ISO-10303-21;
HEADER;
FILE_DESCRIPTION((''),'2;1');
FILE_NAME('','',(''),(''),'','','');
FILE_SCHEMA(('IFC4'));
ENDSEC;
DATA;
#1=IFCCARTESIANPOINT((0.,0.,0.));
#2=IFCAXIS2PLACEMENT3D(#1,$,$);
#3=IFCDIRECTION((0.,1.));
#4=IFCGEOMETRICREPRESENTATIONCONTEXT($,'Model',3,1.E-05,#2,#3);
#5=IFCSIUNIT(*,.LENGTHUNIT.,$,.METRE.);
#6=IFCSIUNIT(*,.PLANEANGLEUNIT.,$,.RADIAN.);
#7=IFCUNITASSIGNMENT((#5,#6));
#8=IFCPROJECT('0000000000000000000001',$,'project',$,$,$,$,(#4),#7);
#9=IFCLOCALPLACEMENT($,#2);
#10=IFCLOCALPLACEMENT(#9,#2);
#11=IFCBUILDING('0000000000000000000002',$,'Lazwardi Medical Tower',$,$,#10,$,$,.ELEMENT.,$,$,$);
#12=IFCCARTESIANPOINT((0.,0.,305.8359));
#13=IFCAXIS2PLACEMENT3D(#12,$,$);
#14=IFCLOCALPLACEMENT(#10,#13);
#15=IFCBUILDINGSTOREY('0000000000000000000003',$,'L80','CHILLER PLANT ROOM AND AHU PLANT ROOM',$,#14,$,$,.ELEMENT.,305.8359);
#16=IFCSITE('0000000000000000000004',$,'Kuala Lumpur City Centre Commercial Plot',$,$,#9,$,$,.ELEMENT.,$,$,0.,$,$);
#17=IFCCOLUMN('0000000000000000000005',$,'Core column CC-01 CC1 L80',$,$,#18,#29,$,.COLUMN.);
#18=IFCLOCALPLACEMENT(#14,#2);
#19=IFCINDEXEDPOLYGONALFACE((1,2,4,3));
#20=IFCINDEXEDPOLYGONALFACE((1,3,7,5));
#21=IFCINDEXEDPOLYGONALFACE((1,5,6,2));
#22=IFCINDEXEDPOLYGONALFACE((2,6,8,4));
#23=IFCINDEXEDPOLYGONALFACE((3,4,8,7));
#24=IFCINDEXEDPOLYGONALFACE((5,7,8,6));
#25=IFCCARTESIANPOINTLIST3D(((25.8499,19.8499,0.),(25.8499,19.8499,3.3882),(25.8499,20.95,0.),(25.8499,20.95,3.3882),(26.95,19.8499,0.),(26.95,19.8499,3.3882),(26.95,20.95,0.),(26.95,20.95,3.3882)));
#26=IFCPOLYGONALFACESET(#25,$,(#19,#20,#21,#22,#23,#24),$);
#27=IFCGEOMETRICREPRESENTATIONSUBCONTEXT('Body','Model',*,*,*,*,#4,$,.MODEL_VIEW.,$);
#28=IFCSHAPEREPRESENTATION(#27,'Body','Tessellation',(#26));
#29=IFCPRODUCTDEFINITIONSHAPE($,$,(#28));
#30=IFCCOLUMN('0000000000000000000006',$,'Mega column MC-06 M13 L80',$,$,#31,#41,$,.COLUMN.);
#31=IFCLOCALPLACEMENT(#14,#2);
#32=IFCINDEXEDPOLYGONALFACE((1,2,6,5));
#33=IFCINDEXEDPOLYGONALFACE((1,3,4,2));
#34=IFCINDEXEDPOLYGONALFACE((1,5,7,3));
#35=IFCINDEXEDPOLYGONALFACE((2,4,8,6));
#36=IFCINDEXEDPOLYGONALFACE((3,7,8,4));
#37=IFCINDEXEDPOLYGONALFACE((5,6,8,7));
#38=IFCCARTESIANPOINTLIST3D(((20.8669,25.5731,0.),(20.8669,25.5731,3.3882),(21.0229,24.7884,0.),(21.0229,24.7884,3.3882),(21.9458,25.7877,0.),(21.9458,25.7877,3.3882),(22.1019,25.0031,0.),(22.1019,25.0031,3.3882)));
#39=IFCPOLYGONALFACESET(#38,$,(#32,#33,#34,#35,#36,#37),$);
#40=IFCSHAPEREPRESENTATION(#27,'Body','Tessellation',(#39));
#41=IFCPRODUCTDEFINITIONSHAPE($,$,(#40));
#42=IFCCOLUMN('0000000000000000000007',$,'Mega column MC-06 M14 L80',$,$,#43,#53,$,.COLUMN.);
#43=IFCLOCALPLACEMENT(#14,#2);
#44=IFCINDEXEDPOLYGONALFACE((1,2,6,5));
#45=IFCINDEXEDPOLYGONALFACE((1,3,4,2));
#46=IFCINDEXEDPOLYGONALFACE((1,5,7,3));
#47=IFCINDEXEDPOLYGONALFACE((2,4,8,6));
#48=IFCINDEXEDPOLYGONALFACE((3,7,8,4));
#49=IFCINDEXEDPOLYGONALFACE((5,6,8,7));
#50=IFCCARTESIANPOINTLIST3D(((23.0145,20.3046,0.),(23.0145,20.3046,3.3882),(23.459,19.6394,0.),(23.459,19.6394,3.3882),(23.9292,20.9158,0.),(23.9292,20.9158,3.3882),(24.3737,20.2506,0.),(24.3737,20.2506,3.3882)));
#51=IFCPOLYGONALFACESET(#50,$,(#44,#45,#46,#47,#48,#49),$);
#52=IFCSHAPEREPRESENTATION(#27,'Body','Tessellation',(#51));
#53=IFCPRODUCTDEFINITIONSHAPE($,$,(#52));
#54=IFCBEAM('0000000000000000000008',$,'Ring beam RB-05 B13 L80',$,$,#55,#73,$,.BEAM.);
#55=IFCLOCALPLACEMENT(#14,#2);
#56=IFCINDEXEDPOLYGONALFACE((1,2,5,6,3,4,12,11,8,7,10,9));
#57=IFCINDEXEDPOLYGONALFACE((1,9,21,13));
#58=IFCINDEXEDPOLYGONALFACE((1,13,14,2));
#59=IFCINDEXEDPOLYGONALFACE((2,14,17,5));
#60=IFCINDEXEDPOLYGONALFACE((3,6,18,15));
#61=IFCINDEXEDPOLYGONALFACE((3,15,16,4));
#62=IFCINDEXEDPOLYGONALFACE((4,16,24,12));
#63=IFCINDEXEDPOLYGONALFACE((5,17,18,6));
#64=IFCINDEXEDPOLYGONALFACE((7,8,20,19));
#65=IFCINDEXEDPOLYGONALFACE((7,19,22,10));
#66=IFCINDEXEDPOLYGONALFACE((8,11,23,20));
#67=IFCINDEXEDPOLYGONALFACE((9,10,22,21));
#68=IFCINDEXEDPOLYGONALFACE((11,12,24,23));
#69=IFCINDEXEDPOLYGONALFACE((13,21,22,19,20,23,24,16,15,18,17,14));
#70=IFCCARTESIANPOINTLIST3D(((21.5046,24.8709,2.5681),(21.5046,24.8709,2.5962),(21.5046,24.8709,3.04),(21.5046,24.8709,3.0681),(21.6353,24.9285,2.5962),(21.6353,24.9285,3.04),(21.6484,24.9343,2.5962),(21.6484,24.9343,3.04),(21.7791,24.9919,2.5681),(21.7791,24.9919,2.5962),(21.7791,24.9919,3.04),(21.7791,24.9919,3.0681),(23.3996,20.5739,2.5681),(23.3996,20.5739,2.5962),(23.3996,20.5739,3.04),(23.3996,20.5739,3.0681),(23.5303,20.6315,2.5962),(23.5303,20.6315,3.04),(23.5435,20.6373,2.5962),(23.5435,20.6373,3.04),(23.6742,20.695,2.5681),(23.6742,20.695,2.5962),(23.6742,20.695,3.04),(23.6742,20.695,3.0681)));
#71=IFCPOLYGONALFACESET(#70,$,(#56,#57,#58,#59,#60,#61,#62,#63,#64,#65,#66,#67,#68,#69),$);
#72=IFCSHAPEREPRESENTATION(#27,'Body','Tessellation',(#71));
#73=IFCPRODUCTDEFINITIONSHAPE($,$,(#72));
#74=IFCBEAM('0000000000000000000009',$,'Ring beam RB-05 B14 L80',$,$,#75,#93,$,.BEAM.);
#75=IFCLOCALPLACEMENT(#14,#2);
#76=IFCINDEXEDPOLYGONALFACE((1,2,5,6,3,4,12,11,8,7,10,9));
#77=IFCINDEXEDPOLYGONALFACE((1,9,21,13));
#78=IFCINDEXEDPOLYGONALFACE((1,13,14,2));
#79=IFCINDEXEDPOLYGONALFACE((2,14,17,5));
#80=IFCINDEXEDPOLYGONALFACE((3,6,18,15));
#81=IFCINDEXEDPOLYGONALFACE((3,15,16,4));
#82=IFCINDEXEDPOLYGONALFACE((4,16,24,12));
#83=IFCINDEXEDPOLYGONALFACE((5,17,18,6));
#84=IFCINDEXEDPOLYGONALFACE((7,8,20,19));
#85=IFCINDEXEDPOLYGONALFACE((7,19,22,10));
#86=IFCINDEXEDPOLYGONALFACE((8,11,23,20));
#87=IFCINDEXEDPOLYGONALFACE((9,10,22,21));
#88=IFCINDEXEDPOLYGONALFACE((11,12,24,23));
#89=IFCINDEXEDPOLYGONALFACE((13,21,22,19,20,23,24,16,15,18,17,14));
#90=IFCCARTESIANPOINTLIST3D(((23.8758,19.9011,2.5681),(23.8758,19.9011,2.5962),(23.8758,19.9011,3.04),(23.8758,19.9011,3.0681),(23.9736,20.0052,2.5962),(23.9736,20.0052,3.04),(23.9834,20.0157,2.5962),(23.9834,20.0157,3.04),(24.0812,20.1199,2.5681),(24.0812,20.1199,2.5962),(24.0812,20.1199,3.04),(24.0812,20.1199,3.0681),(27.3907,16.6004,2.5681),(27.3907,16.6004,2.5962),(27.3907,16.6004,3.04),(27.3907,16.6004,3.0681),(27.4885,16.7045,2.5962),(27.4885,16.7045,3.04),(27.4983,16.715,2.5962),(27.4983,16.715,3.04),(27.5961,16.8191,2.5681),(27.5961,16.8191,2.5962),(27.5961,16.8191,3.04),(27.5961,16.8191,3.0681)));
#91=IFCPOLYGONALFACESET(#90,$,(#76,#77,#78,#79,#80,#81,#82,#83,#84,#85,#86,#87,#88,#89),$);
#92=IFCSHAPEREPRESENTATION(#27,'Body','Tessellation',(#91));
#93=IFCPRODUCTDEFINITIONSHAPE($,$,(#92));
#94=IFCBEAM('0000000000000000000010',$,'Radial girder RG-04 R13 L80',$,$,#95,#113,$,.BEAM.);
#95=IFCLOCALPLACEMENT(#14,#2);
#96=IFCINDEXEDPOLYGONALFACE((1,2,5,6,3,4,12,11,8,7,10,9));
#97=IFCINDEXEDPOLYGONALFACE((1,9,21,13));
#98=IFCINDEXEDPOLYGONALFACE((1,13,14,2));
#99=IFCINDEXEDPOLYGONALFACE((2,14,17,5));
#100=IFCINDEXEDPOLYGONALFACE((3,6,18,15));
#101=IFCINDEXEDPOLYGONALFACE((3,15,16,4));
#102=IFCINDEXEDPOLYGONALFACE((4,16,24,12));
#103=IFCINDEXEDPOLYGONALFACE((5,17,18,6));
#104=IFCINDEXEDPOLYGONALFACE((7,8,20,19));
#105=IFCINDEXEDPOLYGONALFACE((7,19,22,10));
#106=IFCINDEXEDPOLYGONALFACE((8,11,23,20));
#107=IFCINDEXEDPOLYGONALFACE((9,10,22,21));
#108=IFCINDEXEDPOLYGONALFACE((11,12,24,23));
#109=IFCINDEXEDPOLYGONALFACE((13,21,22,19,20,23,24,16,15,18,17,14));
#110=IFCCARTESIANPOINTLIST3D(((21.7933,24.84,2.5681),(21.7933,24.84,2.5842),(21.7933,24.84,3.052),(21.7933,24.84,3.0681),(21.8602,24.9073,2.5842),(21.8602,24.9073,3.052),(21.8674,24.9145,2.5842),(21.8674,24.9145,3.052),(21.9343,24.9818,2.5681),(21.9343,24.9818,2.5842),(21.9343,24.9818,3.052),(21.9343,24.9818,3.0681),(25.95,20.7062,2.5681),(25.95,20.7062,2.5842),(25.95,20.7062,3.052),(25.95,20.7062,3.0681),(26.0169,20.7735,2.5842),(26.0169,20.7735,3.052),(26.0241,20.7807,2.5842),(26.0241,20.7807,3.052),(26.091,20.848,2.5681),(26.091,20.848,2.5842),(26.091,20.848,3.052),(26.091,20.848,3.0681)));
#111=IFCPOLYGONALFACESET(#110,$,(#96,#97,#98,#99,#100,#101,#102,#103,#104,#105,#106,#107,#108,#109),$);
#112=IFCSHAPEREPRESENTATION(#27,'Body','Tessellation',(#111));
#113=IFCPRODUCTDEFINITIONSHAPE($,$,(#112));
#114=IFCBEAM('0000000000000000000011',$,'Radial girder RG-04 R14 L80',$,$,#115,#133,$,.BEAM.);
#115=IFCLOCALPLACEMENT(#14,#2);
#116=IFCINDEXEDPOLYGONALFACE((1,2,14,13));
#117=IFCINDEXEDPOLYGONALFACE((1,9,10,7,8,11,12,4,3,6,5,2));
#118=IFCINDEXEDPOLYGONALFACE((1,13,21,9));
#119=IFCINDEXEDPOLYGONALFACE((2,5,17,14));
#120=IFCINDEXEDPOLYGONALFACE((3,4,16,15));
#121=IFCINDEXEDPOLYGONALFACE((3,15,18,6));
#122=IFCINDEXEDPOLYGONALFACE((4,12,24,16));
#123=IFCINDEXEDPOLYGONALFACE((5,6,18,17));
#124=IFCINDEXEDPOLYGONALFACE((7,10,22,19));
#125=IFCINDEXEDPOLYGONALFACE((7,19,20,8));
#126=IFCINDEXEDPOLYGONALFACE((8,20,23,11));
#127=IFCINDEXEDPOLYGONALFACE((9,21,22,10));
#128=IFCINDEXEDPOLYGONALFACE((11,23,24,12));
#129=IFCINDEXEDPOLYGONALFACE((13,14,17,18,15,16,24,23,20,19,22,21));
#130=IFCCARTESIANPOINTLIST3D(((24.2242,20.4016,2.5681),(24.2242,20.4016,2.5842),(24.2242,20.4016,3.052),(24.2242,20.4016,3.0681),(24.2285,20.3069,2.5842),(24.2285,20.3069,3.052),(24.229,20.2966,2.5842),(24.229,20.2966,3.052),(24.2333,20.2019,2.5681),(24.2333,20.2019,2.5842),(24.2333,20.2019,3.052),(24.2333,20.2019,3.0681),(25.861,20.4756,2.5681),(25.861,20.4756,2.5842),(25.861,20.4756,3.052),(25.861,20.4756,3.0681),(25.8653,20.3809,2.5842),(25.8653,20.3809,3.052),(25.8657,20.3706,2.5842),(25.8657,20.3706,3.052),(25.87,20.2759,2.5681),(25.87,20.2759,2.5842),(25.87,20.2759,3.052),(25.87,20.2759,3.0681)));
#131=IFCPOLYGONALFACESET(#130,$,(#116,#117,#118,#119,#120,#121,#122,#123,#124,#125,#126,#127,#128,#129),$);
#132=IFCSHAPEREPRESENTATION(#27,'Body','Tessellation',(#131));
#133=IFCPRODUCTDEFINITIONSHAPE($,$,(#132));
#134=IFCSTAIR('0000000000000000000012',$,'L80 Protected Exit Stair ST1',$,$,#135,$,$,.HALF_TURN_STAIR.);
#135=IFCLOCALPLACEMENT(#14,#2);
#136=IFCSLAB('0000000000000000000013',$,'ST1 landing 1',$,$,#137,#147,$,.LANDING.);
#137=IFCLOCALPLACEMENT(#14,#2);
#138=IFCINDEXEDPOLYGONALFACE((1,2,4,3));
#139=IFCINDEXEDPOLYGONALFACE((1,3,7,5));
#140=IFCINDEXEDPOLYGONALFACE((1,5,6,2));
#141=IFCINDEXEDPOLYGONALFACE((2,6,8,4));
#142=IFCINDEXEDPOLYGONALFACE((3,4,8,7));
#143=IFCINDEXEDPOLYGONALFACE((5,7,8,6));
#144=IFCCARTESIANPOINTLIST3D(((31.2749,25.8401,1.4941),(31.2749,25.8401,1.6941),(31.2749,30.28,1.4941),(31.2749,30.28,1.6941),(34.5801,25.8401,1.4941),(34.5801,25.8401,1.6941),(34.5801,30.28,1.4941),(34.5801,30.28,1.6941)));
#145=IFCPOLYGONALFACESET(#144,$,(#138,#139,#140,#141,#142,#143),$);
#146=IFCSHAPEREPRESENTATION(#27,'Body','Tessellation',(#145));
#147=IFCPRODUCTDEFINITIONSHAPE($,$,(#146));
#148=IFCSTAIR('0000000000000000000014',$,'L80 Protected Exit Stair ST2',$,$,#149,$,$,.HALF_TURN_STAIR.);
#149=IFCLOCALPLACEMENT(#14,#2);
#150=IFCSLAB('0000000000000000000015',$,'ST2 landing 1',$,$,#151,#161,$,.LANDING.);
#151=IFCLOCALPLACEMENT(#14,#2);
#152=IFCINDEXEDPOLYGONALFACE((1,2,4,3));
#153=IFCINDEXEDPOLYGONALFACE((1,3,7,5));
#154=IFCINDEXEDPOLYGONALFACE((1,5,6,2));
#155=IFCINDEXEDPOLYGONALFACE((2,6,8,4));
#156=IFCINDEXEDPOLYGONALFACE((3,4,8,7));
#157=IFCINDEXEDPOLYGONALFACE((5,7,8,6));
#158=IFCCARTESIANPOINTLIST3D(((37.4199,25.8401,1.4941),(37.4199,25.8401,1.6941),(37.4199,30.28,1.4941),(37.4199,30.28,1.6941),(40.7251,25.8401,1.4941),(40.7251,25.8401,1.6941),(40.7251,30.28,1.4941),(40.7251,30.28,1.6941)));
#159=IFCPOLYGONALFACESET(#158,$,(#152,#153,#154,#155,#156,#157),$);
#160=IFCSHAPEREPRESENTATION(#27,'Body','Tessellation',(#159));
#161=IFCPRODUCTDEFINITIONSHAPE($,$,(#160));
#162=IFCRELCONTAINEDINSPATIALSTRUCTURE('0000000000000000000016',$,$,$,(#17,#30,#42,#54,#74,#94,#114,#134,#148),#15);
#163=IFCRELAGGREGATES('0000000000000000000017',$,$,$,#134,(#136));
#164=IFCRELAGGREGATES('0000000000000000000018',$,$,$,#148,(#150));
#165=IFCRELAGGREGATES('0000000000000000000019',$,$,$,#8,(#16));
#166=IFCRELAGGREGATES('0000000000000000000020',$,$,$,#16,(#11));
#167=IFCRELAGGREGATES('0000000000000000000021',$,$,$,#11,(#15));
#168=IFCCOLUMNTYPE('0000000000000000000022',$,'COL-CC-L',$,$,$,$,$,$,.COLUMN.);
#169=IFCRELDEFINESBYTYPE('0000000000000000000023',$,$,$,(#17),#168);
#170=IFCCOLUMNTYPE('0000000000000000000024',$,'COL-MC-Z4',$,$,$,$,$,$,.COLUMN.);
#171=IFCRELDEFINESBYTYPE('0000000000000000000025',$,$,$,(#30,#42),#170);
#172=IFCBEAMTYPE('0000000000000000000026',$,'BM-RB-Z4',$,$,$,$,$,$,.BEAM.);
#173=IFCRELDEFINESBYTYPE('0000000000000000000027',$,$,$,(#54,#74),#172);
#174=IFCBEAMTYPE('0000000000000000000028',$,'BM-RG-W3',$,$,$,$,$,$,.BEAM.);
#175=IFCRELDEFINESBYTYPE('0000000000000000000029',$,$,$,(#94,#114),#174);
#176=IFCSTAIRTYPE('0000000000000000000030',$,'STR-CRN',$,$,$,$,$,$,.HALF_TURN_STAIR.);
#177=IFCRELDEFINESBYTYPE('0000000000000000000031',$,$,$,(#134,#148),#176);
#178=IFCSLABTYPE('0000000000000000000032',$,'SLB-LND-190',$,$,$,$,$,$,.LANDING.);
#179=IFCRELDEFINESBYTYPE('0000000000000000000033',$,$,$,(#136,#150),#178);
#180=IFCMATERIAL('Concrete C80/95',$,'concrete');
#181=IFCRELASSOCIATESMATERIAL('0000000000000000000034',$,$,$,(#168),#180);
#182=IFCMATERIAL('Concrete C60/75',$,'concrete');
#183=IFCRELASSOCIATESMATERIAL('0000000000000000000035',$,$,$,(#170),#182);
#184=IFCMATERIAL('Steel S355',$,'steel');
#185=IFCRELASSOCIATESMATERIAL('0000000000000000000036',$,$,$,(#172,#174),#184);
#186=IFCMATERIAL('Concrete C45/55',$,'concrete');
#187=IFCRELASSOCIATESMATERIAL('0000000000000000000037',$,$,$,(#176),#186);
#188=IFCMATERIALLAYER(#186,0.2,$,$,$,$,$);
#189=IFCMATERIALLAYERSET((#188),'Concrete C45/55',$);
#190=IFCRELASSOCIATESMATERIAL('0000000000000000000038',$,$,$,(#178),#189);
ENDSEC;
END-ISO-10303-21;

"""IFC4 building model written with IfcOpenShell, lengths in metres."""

from ifc_helpers import new_model, si_unit, direction, frame, origin, origin_2d, place, context, subcontext, project, spatial, polyline, rectangle, i_section, outline, extrude, material, layer, layer_set, material_profile, profile_set, type_object, element, aggregate, save


model = new_model("IFC4")

# Units and contexts
model_context = context("Model", 3, precision=1e-05, world=origin(), true_north=direction((0.0, 1.0)))
body_context = subcontext(model_context, "Body", "Model", "MODEL_VIEW")
ifc_project = project(units=[si_unit("LENGTHUNIT", "METRE"), si_unit("PLANEANGLEUNIT", "RADIAN")], contexts=[model_context])

# Site, building, storey
site_placement = place(None, origin())
site = spatial("IfcSite", under=ifc_project, at=site_placement, Name="Kuala Lumpur City Centre Commercial Plot", CompositionType="ELEMENT", RefElevation=0.0)
building_placement = place(site_placement, origin())
building = spatial("IfcBuilding", under=site, at=building_placement, Name="Lazwardi Medical Tower", CompositionType="ELEMENT")
storey_placement = place(building_placement, frame((0.0, 0.0, 305.8359)))
storey = spatial("IfcBuildingStorey", under=building, at=storey_placement, Name="L80", Description="CHILLER PLANT ROOM AND AHU PLANT ROOM", CompositionType="ELEMENT", Elevation=305.8359)

# Columns
ifc_material_1 = material(Name="Concrete C80/95", Category="concrete")
ifc_material_profile_1 = material_profile(ifc_material_1, rectangle(XDim=1.1001, YDim=1.1001, at=origin_2d()), Name="RC 1100x1100")
ifc_profile_set_1 = profile_set([ifc_material_profile_1], Name="Concrete C80/95")
column_type_1 = type_object("IfcColumnType", Name="COL-CC-L", PredefinedType="COLUMN", material=ifc_profile_set_1)
column_placement = place(storey_placement, frame((26.3999, 20.3999, 0.0), z_axis=(0.0, 0.0, 1.0), x_axis=(1.0, 0.0, 0.0)))
element("IfcColumn", 1, at=column_placement, inside=storey, type_object=column_type_1, Name="Core column CC-01 CC1 L80", PredefinedType="COLUMN", context=body_context, shape_type="SweptSolid", body=[
    extrude(rectangle(XDim=1.1001, YDim=1.1001, at=origin_2d()), origin(), (0.0, 0.0, 1.0), 3.3882),
])
ifc_material_2 = material(Name="Concrete C60/75", Category="concrete")
ifc_material_profile_2 = material_profile(ifc_material_2, rectangle(XDim=1.1001, YDim=0.8, at=origin_2d()), Name="CFT-RECT 1100x800")
ifc_profile_set_2 = profile_set([ifc_material_profile_2], Name="Concrete C60/75")
column_type_2 = type_object("IfcColumnType", Name="COL-MC-Z4", PredefinedType="COLUMN", material=ifc_profile_set_2)
for number, where, z_axis, x_axis, name in (
    (2, (21.4844, 25.2881, 0.0), (0.0, 0.0, 1.0), (-0.980785, -0.19509, 0.0), "Mega column MC-06 M13 L80"),
    (3, (23.6941, 20.2776, 0.0), (0.0, 0.0, 1.0), (-0.83147, -0.55557, 0.0), "Mega column MC-06 M14 L80"),
):
    element("IfcColumn", number, at=place(storey_placement, frame(where, z_axis=z_axis, x_axis=x_axis)), inside=storey, type_object=column_type_2, Name=name, PredefinedType="COLUMN", context=body_context, shape_type="SweptSolid", body=[
        extrude(rectangle(XDim=1.1001, YDim=0.8, at=origin_2d()), origin(), (0.0, 0.0, 1.0), 3.3882),
    ])

# Beams
ifc_material_3 = material(Name="Steel S355", Category="steel")
ifc_material_profile_3 = material_profile(ifc_material_3, i_section(OverallWidth=0.3, OverallDepth=0.5, WebThickness=0.0144, FlangeThickness=0.0281, at=origin_2d()), Name="HEB 500")
ifc_profile_set_3 = profile_set([ifc_material_profile_3], Name="Steel S355")
beam_type_1 = type_object("IfcBeamType", Name="BM-RB-Z4", PredefinedType="BEAM", material=ifc_profile_set_3)
beam_1_placement = place(storey_placement, frame((21.6418, 24.9314, 2.8181), z_axis=(0.403522, -0.91497, 0.0), x_axis=(0.91497, 0.403522, 0.0)))
element("IfcBeam", 4, at=beam_1_placement, inside=storey, type_object=beam_type_1, Name="Ring beam RB-05 B13 L80", PredefinedType="BEAM", context=body_context, shape_type="SweptSolid", body=[
    extrude(i_section(OverallWidth=0.3, OverallDepth=0.5, WebThickness=0.0144, FlangeThickness=0.0281, at=origin_2d()), origin(), (0.0, 0.0, 1.0), 4.6963),
])
beam_2_placement = place(storey_placement, frame((23.9785, 20.0105, 2.8181), z_axis=(0.728961, -0.684556, 0.0), x_axis=(0.684556, 0.728961, 0.0)))
element("IfcBeam", 5, at=beam_2_placement, inside=storey, type_object=beam_type_1, Name="Ring beam RB-05 B14 L80", PredefinedType="BEAM", context=body_context, shape_type="SweptSolid", body=[
    extrude(i_section(OverallWidth=0.3, OverallDepth=0.5, WebThickness=0.0144, FlangeThickness=0.0281, at=origin_2d()), origin(), (0.0, 0.0, 1.0), 4.8218),
])
ifc_material_profile_4 = material_profile(ifc_material_3, i_section(OverallWidth=0.2, OverallDepth=0.5, WebThickness=0.0103, FlangeThickness=0.0161, at=origin_2d()), Name="IPE 500")
ifc_profile_set_4 = profile_set([ifc_material_profile_4], Name="Steel S355")
beam_type_2 = type_object("IfcBeamType", Name="BM-RG-W3", PredefinedType="BEAM", material=ifc_profile_set_4)
beam_3_placement = place(storey_placement, frame((21.8638, 24.9109, 2.8181), z_axis=(0.709061, -0.705147, 0.0), x_axis=(0.705147, 0.709061, 0.0)))
element("IfcBeam", 6, at=beam_3_placement, inside=storey, type_object=beam_type_2, Name="Radial girder RG-04 R13 L80", PredefinedType="BEAM", context=body_context, shape_type="SweptSolid", body=[
    extrude(i_section(OverallWidth=0.2, OverallDepth=0.5, WebThickness=0.0103, FlangeThickness=0.0161, at=origin_2d()), origin(), (0.0, 0.0, 1.0), 5.8623),
])
beam_4_placement = place(storey_placement, frame((24.2288, 20.3018, 2.8181), z_axis=(0.99898, 0.045151, 0.0), x_axis=(-0.045151, 0.99898, 0.0)))
element("IfcBeam", 7, at=beam_4_placement, inside=storey, type_object=beam_type_2, Name="Radial girder RG-04 R14 L80", PredefinedType="BEAM", context=body_context, shape_type="SweptSolid", body=[
    extrude(i_section(OverallWidth=0.2, OverallDepth=0.5, WebThickness=0.0103, FlangeThickness=0.0161, at=origin_2d()), origin(), (0.0, 0.0, 1.0), 1.6384),
])

# Stairs, slabs
ifc_material_4 = material(Name="Concrete C45/55", Category="concrete")
stair_type = type_object("IfcStairType", Name="STR-CRN", PredefinedType="HALF_TURN_STAIR", material=ifc_material_4)
stair_1_placement = place(storey_placement, origin())
stair_1 = element("IfcStair", 8, at=stair_1_placement, inside=storey, type_object=stair_type, Name="L80 Protected Exit Stair ST1", PredefinedType="HALF_TURN_STAIR")
ifc_layer_1 = layer(ifc_material_4, 0.2)
ifc_layer_set_1 = layer_set([ifc_layer_1], Name="Concrete C45/55")
slab_type_1 = type_object("IfcSlabType", Name="SLB-LND-190", PredefinedType="LANDING", material=ifc_layer_set_1)
slab_1_placement = place(storey_placement, frame((0.0, 0.0, 1.4941)))
slab_1 = element("IfcSlab", 9, at=slab_1_placement, type_object=slab_type_1, Name="ST1 landing 1", PredefinedType="LANDING", context=body_context, shape_type="SweptSolid", body=[
    extrude(outline(polyline([(31.2749, 25.8401), (34.5801, 25.8401), (34.5801, 30.28), (31.2749, 30.28), (31.2749, 25.8401)])), origin(), (0.0, 0.0, 1.0), 0.2),
])
aggregate(stair_1, [slab_1])
stair_2_placement = place(storey_placement, origin())
stair_2 = element("IfcStair", 10, at=stair_2_placement, inside=storey, type_object=stair_type, Name="L80 Protected Exit Stair ST2", PredefinedType="HALF_TURN_STAIR")
slab_2_placement = place(storey_placement, frame((0.0, 0.0, 1.4941)))
slab_2 = element("IfcSlab", 11, at=slab_2_placement, type_object=slab_type_1, Name="ST2 landing 1", PredefinedType="LANDING", context=body_context, shape_type="SweptSolid", body=[
    extrude(outline(polyline([(40.7251, 30.28), (37.4199, 30.28), (37.4199, 25.8401), (40.7251, 25.8401), (40.7251, 30.28)])), origin(), (0.0, 0.0, 1.0), 0.2),
])
aggregate(stair_2, [slab_2])

save(model, "model.ifc")
